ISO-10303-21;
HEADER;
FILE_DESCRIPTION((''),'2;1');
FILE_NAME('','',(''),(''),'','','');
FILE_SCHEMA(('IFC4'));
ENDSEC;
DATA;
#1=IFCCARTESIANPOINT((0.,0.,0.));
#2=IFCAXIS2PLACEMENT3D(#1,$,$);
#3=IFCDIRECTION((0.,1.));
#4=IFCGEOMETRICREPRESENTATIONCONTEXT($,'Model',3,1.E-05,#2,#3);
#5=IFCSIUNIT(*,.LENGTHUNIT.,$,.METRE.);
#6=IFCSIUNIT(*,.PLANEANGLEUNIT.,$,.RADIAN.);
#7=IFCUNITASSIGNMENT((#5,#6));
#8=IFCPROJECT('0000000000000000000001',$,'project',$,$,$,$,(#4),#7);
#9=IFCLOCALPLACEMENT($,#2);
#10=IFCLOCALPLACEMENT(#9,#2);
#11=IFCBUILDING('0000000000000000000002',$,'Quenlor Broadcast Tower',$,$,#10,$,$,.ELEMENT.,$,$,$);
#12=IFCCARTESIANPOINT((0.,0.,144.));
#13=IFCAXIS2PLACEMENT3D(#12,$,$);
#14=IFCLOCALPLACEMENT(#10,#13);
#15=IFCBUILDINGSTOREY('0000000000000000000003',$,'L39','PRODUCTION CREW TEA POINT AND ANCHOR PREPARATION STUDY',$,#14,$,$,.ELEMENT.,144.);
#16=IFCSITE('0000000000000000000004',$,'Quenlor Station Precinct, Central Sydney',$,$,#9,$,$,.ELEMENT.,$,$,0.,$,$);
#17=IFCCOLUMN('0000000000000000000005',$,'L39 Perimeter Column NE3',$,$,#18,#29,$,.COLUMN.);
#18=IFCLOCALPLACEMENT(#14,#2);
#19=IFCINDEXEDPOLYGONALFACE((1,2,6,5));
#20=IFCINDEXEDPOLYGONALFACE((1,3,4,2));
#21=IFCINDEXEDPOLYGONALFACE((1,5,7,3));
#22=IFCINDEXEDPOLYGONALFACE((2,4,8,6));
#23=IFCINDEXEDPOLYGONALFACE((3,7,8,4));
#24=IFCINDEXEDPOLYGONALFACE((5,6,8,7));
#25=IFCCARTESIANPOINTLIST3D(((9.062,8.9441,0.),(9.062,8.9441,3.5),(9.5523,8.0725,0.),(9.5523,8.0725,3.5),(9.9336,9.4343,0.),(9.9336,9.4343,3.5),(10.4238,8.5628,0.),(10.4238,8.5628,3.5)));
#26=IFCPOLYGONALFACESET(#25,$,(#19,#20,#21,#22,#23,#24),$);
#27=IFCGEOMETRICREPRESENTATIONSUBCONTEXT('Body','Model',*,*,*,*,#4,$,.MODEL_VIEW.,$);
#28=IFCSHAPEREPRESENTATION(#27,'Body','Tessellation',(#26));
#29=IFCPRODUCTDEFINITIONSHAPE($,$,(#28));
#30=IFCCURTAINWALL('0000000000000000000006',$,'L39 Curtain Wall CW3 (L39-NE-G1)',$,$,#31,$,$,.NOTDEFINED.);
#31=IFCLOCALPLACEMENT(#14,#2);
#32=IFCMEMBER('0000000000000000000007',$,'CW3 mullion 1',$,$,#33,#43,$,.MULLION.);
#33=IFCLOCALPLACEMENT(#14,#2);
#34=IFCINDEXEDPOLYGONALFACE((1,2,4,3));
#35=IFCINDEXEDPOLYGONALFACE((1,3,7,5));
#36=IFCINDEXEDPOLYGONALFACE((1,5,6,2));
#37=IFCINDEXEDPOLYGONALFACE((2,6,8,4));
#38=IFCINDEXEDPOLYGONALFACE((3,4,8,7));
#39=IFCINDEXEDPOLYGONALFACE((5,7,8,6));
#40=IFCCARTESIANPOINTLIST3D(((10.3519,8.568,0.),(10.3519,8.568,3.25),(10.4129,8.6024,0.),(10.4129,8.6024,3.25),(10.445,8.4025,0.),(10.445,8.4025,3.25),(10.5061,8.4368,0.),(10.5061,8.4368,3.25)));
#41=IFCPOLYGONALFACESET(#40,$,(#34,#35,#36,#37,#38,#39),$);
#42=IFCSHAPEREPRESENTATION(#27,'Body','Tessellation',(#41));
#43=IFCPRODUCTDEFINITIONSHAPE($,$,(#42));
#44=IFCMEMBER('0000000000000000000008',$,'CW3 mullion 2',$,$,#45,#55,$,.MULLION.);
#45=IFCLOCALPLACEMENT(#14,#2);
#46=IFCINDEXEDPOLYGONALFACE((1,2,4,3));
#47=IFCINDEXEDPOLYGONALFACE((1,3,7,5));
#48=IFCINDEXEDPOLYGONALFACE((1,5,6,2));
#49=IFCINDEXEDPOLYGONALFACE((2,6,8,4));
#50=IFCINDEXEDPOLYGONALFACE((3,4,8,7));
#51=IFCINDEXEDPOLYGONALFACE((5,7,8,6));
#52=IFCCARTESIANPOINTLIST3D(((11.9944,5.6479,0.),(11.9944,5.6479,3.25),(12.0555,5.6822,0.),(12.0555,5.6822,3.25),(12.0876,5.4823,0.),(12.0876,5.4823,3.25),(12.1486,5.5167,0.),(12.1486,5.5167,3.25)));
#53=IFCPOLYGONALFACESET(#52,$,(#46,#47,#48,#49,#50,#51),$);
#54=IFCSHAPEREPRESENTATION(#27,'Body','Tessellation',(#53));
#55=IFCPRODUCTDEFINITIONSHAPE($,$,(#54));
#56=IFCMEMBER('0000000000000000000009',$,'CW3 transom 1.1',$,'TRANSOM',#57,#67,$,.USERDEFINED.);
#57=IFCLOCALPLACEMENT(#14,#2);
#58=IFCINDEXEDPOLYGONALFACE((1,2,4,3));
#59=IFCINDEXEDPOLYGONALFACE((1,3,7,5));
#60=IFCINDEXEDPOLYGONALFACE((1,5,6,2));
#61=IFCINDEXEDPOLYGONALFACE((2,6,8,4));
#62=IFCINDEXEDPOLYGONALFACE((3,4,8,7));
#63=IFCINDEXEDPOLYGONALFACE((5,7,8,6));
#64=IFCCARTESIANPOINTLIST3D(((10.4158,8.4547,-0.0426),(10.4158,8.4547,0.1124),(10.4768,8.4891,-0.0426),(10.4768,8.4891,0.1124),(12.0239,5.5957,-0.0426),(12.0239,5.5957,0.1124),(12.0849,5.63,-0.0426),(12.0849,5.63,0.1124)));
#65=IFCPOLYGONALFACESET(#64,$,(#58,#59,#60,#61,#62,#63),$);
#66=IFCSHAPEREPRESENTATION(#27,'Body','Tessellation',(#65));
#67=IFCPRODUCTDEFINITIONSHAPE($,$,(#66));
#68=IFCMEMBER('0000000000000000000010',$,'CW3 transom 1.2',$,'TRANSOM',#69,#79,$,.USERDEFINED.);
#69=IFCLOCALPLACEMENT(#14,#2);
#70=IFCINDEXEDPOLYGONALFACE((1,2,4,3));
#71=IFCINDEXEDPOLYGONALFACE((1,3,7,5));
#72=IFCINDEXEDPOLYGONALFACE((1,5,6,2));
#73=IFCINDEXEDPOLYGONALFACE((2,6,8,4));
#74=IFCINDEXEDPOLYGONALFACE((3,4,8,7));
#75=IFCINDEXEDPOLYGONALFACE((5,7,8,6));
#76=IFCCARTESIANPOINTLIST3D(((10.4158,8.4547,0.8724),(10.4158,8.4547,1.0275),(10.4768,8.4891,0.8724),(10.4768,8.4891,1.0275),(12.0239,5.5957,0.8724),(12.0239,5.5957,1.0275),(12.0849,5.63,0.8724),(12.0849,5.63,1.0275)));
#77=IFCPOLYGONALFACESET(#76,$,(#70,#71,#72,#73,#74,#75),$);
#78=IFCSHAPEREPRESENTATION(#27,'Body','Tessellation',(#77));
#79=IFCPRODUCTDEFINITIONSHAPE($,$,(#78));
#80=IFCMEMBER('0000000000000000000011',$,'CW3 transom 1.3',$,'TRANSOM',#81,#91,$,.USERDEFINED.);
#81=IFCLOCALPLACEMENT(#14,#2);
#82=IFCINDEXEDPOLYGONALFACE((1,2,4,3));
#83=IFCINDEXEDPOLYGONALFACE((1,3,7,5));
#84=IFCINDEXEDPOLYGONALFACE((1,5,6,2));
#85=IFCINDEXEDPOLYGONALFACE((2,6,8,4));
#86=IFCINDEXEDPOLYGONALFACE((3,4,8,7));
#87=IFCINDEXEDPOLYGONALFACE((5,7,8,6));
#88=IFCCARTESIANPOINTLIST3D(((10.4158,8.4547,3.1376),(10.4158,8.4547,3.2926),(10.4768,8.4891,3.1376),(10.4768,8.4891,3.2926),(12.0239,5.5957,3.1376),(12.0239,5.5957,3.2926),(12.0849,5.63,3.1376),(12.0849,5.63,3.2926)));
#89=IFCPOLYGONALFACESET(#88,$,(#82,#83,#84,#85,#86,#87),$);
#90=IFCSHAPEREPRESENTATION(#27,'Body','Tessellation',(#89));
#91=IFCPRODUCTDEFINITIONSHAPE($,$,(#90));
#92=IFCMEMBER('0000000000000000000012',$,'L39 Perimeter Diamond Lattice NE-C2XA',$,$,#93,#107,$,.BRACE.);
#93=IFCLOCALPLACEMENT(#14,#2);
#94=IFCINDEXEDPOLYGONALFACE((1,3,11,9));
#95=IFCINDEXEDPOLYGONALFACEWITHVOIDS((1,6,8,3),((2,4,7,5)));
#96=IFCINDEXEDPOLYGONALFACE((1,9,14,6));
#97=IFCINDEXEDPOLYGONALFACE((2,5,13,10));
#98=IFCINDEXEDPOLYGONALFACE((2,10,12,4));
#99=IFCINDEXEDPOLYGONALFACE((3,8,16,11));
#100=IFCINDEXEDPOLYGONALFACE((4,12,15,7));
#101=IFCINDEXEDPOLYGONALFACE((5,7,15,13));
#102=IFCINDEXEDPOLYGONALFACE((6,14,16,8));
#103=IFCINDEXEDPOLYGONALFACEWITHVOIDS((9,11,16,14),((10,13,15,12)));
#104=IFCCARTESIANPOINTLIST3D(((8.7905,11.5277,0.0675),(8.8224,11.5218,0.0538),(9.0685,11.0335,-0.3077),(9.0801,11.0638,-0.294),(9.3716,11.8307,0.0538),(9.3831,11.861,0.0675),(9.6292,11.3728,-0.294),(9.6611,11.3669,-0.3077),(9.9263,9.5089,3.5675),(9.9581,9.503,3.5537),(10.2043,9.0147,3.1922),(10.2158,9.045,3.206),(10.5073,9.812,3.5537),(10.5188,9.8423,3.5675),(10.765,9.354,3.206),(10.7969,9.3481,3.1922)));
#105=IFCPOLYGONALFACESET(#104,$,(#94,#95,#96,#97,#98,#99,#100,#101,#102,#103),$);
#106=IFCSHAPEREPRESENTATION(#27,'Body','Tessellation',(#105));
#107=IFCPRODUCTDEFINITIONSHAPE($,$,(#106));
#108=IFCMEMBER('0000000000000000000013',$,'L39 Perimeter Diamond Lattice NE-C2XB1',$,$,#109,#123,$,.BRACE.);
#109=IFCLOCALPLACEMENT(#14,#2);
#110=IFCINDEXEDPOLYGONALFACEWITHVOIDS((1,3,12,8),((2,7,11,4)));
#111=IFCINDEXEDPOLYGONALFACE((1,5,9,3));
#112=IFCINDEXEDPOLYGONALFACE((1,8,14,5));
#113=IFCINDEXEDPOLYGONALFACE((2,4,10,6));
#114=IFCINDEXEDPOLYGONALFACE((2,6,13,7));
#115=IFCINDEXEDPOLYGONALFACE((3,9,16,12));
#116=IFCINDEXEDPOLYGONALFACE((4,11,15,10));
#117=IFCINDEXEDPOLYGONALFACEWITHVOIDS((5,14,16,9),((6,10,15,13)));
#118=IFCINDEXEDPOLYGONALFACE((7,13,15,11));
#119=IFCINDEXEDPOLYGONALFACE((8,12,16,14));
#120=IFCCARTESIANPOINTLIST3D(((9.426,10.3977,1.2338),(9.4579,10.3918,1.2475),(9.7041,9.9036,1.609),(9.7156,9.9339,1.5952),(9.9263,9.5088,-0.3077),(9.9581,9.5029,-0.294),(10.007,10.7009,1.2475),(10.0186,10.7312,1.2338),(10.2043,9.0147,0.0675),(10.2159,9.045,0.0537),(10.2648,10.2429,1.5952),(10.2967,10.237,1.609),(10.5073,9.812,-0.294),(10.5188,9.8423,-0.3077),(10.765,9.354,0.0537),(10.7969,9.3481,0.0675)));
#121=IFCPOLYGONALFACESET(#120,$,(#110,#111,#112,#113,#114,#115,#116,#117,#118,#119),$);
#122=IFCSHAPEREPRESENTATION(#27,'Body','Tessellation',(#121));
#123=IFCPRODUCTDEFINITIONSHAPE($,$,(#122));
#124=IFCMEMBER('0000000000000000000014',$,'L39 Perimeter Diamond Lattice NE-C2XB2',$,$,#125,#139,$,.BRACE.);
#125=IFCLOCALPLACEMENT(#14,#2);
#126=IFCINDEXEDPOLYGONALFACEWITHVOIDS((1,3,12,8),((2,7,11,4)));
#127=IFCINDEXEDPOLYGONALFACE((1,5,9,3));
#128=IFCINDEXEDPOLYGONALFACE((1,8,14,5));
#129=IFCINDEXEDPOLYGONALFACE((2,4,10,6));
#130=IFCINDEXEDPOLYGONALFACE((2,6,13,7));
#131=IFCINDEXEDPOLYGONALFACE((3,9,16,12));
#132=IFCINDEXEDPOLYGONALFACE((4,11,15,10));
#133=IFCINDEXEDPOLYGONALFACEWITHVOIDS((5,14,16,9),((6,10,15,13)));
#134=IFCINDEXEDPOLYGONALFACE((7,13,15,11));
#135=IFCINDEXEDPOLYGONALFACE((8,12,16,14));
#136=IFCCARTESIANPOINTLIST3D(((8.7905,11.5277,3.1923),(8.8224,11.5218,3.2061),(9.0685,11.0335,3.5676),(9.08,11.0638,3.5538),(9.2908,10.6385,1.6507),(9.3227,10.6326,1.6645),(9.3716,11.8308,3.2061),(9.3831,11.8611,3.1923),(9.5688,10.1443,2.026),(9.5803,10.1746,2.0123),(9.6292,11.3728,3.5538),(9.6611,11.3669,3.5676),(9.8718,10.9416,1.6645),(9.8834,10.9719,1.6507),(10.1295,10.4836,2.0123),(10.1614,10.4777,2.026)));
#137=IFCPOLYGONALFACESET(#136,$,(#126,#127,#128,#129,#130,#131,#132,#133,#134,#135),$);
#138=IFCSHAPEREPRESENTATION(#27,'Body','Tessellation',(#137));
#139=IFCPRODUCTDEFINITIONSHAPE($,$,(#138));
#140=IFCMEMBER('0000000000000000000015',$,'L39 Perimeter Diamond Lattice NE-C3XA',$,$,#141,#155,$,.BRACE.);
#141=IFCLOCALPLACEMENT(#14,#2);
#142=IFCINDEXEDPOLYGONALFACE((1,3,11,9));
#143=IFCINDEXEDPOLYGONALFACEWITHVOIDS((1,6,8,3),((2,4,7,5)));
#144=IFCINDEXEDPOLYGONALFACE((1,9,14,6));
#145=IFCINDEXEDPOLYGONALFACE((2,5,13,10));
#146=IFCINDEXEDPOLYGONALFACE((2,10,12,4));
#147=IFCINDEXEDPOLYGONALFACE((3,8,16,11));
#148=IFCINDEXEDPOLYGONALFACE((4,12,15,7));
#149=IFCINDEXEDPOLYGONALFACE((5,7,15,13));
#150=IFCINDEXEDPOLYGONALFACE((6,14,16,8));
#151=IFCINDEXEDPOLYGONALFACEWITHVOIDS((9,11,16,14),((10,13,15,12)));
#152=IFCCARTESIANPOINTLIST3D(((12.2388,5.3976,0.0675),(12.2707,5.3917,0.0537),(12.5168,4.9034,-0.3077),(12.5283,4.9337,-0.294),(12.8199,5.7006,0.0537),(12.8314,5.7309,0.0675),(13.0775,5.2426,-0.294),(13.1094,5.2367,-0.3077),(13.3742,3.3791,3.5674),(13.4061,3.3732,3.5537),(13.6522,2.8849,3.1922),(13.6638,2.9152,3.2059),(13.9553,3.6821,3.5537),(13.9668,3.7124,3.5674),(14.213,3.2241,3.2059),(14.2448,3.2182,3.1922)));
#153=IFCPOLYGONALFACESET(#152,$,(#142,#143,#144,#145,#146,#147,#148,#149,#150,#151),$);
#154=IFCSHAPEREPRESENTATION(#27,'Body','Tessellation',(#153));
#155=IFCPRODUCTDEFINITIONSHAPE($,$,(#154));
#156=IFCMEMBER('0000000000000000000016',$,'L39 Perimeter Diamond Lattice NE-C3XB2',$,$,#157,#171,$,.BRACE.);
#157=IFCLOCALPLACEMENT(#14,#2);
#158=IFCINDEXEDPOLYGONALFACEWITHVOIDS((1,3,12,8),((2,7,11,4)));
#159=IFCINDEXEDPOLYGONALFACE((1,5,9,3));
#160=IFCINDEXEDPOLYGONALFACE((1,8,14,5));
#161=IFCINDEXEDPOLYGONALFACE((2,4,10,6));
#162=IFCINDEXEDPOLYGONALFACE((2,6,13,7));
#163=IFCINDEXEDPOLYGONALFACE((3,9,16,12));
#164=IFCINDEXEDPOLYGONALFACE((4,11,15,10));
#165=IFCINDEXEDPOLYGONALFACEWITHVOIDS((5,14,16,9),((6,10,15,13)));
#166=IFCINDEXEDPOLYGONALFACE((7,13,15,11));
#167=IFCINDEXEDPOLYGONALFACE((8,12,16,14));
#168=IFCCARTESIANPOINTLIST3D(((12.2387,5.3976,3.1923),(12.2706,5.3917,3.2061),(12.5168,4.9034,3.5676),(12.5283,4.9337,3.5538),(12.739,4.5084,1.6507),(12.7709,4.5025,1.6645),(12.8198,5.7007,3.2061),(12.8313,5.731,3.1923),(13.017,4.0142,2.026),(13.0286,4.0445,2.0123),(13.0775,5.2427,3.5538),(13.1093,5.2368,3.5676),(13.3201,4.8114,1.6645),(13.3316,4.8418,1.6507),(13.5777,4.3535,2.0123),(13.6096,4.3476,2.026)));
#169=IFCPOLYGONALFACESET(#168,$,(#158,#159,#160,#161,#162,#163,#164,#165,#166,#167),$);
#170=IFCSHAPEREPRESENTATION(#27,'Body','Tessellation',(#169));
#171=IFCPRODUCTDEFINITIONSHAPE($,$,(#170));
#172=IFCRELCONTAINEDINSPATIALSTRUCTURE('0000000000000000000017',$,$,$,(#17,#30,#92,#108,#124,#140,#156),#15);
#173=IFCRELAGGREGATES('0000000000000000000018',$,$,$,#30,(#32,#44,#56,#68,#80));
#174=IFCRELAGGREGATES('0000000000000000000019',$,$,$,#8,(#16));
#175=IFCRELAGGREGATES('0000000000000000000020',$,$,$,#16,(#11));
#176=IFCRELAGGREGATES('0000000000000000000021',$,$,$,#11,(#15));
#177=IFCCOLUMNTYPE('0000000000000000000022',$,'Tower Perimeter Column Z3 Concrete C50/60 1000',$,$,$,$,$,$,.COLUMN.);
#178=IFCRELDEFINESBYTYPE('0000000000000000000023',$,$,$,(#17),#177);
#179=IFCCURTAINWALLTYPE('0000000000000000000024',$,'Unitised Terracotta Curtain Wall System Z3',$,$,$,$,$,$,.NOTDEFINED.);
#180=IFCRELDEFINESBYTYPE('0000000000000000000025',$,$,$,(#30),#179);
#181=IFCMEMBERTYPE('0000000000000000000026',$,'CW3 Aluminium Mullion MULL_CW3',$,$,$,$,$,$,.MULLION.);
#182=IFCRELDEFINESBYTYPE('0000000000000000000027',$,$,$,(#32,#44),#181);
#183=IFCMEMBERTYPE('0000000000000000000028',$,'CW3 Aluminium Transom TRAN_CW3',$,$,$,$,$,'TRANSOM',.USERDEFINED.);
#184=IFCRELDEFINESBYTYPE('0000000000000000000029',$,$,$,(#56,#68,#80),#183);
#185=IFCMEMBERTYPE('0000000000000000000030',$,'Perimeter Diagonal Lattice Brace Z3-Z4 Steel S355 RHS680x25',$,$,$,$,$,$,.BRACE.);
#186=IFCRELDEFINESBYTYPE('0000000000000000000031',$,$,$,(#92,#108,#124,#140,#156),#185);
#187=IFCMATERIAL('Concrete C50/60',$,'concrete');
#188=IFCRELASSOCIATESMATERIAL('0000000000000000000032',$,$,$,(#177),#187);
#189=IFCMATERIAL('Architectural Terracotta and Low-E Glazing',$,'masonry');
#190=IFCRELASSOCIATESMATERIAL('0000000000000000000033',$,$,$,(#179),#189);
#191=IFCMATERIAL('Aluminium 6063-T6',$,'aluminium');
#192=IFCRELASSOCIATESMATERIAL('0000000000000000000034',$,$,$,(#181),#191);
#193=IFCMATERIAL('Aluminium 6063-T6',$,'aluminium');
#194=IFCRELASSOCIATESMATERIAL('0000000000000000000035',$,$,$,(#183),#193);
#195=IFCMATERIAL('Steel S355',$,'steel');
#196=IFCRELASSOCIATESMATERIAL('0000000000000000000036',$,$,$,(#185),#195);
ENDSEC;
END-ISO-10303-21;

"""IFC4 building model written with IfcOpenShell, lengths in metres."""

from ifc_helpers import new_model, si_unit, direction, frame, origin, origin_2d, place, context, subcontext, project, spatial, rectangle, hollow_rectangle, extrude, material, material_profile, profile_set, type_object, element, aggregate, save


model = new_model("IFC4")

# Units and contexts
model_context = context("Model", 3, precision=1e-05, world=origin(), true_north=direction((0.0, 1.0)))
body_context = subcontext(model_context, "Body", "Model", "MODEL_VIEW")
ifc_project = project(units=[si_unit("LENGTHUNIT", "METRE"), si_unit("PLANEANGLEUNIT", "RADIAN")], contexts=[model_context])

# Site, building, storey
site_placement = place(None, origin())
site = spatial("IfcSite", under=ifc_project, at=site_placement, Name="Quenlor Station Precinct, Central Sydney", CompositionType="ELEMENT", RefElevation=0.0)
building_placement = place(site_placement, origin())
building = spatial("IfcBuilding", under=site, at=building_placement, Name="Quenlor Broadcast Tower", CompositionType="ELEMENT")
storey_placement = place(building_placement, frame((0.0, 0.0, 144.0)))
storey = spatial("IfcBuildingStorey", under=building, at=storey_placement, Name="L39", Description="PRODUCTION CREW TEA POINT AND ANCHOR PREPARATION STUDY", CompositionType="ELEMENT", Elevation=144.0)

# Column
ifc_material_1 = material(Name="Concrete C50/60", Category="concrete")
ifc_material_profile_1 = material_profile(ifc_material_1, rectangle(XDim=1.0, YDim=1.0, at=origin_2d()))
ifc_profile_set_1 = profile_set([ifc_material_profile_1], Name="Concrete C50/60 RC1000x1000")
column_type = type_object("IfcColumnType", Name="Tower Perimeter Column Z3 Concrete C50/60 1000", PredefinedType="COLUMN", material=ifc_profile_set_1)
column_placement = place(storey_placement, frame((9.7429, 8.7534, 0.0), z_axis=(0.0, 0.0, 1.0), x_axis=(0.871575, 0.490262, 0.0)))
element("IfcColumn", 1, at=column_placement, inside=storey, type_object=column_type, Name="L39 Perimeter Column NE3", PredefinedType="COLUMN", context=body_context, shape_type="SweptSolid", body=[
    extrude(rectangle(XDim=1.0, YDim=1.0, at=origin_2d()), origin(), (0.0, 0.0, 1.0), 3.5),
])

# Curtain wall, members
ifc_material_2 = material(Name="Architectural Terracotta and Low-E Glazing", Category="masonry")
curtain_wall_type = type_object("IfcCurtainWallType", Name="Unitised Terracotta Curtain Wall System Z3", PredefinedType="NOTDEFINED", material=ifc_material_2)
curtain_wall_placement = place(storey_placement, origin())
curtain_wall = element("IfcCurtainWall", 2, at=curtain_wall_placement, inside=storey, type_object=curtain_wall_type, Name="L39 Curtain Wall CW3 (L39-NE-G1)", PredefinedType="NOTDEFINED")
ifc_material_3 = material(Name="Aluminium 6063-T6", Category="aluminium")
ifc_material_profile_2 = material_profile(ifc_material_3, rectangle(XDim=0.0701, YDim=0.1899, at=origin_2d()))
ifc_profile_set_2 = profile_set([ifc_material_profile_2], Name="Aluminium 6063-T6 MULL70x190")
member_type_1 = type_object("IfcMemberType", Name="CW3 Aluminium Mullion MULL_CW3", PredefinedType="MULLION", material=ifc_profile_set_2)
member_1_placement = place(storey_placement, frame((10.429, 8.5024, 0.0), z_axis=(0.0, 0.0, 1.0), x_axis=(0.871579, 0.490256, 0.0)))
member_1 = element("IfcMember", 3, at=member_1_placement, type_object=member_type_1, Name="CW3 mullion 1", PredefinedType="MULLION", context=body_context, shape_type="SweptSolid", body=[
    extrude(rectangle(XDim=0.0701, YDim=0.1899, at=origin_2d()), origin(), (0.0, 0.0, 1.0), 3.25),
])
member_2_placement = place(storey_placement, frame((12.0715, 5.5823, 0.0), z_axis=(0.0, 0.0, 1.0), x_axis=(0.871579, 0.490256, 0.0)))
member_2 = element("IfcMember", 4, at=member_2_placement, type_object=member_type_1, Name="CW3 mullion 2", PredefinedType="MULLION", context=body_context, shape_type="SweptSolid", body=[
    extrude(rectangle(XDim=0.0701, YDim=0.1899, at=origin_2d()), origin(), (0.0, 0.0, 1.0), 3.25),
])
ifc_material_4 = material(Name="Aluminium 6063-T6", Category="aluminium")
ifc_material_profile_3 = material_profile(ifc_material_4, rectangle(XDim=0.0701, YDim=0.155, at=origin_2d()))
ifc_profile_set_3 = profile_set([ifc_material_profile_3], Name="Aluminium 6063-T6 TRAN70x155")
member_type_2 = type_object("IfcMemberType", Name="CW3 Aluminium Transom TRAN_CW3", ElementType="TRANSOM", PredefinedType="USERDEFINED", material=ifc_profile_set_3)
member_3_placement = place(storey_placement, frame((10.4463, 8.4719, 0.0349), z_axis=(0.490237, -0.871589, 0.0), x_axis=(0.871589, 0.490237, 0.0)))
member_3 = element("IfcMember", 5, at=member_3_placement, type_object=member_type_2, Name="CW3 transom 1.1", ObjectType="TRANSOM", PredefinedType="USERDEFINED", context=body_context, shape_type="SweptSolid", body=[
    extrude(rectangle(XDim=0.0701, YDim=0.155, at=origin_2d()), origin(), (0.0, 0.0, 1.0), 3.2803),
])
member_4_placement = place(storey_placement, frame((10.4463, 8.4719, 0.95), z_axis=(0.490237, -0.871589, 0.0), x_axis=(0.871589, 0.490237, 0.0)))
member_4 = element("IfcMember", 6, at=member_4_placement, type_object=member_type_2, Name="CW3 transom 1.2", ObjectType="TRANSOM", PredefinedType="USERDEFINED", context=body_context, shape_type="SweptSolid", body=[
    extrude(rectangle(XDim=0.0701, YDim=0.155, at=origin_2d()), origin(), (0.0, 0.0, 1.0), 3.2803),
])
member_5_placement = place(storey_placement, frame((10.4463, 8.4719, 3.2151), z_axis=(0.490237, -0.871589, 0.0), x_axis=(0.871589, 0.490237, 0.0)))
member_5 = element("IfcMember", 7, at=member_5_placement, type_object=member_type_2, Name="CW3 transom 1.3", ObjectType="TRANSOM", PredefinedType="USERDEFINED", context=body_context, shape_type="SweptSolid", body=[
    extrude(rectangle(XDim=0.0701, YDim=0.155, at=origin_2d()), origin(), (0.0, 0.0, 1.0), 3.2803),
])

# Members
ifc_material_5 = material(Name="Steel S355", Category="steel")
ifc_material_profile_4 = material_profile(ifc_material_5, hollow_rectangle(XDim=0.6799, YDim=0.6799, WallThickness=0.0249, at=origin_2d()))
ifc_profile_set_4 = profile_set([ifc_material_profile_4], Name="Steel S355 RHS680x680x25")
member_type_3 = type_object("IfcMemberType", Name="Perimeter Diagonal Lattice Brace Z3-Z4 Steel S355 RHS680x25", PredefinedType="BRACE", material=ifc_profile_set_4)
member_6_placement = place(storey_placement, frame((9.2258, 11.4473, -0.1201), z_axis=(0.270603, -0.481001, 0.833914), x_axis=(0.871545, 0.490316, 0.0)))
element("IfcMember", 8, at=member_6_placement, inside=storey, type_object=member_type_3, Name="L39 Perimeter Diamond Lattice NE-C2XA", PredefinedType="BRACE", context=body_context, shape_type="SweptSolid", body=[
    extrude(hollow_rectangle(XDim=0.6799, YDim=0.6799, WallThickness=0.0249, at=origin_2d()), origin(), (0.0, 0.0, 1.0), 4.197),
])
member_7_placement = place(storey_placement, frame((10.3616, 9.4285, -0.1201), z_axis=(-0.270634, 0.480906, 0.833958), x_axis=(-0.87148, -0.490432, 0.0)))
element("IfcMember", 9, at=member_7_placement, inside=storey, type_object=member_type_3, Name="L39 Perimeter Diamond Lattice NE-C2XB1", PredefinedType="BRACE", context=body_context, shape_type="SweptSolid", body=[
    extrude(hollow_rectangle(XDim=0.6799, YDim=0.6799, WallThickness=0.0249, at=origin_2d()), origin(), (0.0, 0.0, 1.0), 1.8484),
])
member_8_placement = place(storey_placement, frame((9.7261, 10.5581, 1.8384), z_axis=(-0.270616, 0.481008, 0.833905), x_axis=(-0.871537, -0.490329, 0.0)))
element("IfcMember", 10, at=member_8_placement, inside=storey, type_object=member_type_3, Name="L39 Perimeter Diamond Lattice NE-C2XB2", PredefinedType="BRACE", context=body_context, shape_type="SweptSolid", body=[
    extrude(hollow_rectangle(XDim=0.6799, YDim=0.6799, WallThickness=0.0249, at=origin_2d()), origin(), (0.0, 0.0, 1.0), 1.8486),
])
member_9_placement = place(storey_placement, frame((12.6741, 5.3171, -0.1201), z_axis=(0.270557, -0.480964, 0.83395), x_axis=(0.871564, 0.490281, 0.0)))
element("IfcMember", 11, at=member_9_placement, inside=storey, type_object=member_type_3, Name="L39 Perimeter Diamond Lattice NE-C3XA", PredefinedType="BRACE", context=body_context, shape_type="SweptSolid", body=[
    extrude(hollow_rectangle(XDim=0.6799, YDim=0.6799, WallThickness=0.0249, at=origin_2d()), origin(), (0.0, 0.0, 1.0), 4.1968),
])
member_10_placement = place(storey_placement, frame((13.1743, 4.428, 1.8384), z_axis=(-0.270616, 0.481008, 0.833905), x_axis=(-0.871537, -0.490329, 0.0)))
element("IfcMember", 12, at=member_10_placement, inside=storey, type_object=member_type_3, Name="L39 Perimeter Diamond Lattice NE-C3XB2", PredefinedType="BRACE", context=body_context, shape_type="SweptSolid", body=[
    extrude(hollow_rectangle(XDim=0.6799, YDim=0.6799, WallThickness=0.0249, at=origin_2d()), origin(), (0.0, 0.0, 1.0), 1.8486),
])

aggregate(curtain_wall, [member_1, member_2, member_3, member_4, member_5])

save(model, "model.ifc")
